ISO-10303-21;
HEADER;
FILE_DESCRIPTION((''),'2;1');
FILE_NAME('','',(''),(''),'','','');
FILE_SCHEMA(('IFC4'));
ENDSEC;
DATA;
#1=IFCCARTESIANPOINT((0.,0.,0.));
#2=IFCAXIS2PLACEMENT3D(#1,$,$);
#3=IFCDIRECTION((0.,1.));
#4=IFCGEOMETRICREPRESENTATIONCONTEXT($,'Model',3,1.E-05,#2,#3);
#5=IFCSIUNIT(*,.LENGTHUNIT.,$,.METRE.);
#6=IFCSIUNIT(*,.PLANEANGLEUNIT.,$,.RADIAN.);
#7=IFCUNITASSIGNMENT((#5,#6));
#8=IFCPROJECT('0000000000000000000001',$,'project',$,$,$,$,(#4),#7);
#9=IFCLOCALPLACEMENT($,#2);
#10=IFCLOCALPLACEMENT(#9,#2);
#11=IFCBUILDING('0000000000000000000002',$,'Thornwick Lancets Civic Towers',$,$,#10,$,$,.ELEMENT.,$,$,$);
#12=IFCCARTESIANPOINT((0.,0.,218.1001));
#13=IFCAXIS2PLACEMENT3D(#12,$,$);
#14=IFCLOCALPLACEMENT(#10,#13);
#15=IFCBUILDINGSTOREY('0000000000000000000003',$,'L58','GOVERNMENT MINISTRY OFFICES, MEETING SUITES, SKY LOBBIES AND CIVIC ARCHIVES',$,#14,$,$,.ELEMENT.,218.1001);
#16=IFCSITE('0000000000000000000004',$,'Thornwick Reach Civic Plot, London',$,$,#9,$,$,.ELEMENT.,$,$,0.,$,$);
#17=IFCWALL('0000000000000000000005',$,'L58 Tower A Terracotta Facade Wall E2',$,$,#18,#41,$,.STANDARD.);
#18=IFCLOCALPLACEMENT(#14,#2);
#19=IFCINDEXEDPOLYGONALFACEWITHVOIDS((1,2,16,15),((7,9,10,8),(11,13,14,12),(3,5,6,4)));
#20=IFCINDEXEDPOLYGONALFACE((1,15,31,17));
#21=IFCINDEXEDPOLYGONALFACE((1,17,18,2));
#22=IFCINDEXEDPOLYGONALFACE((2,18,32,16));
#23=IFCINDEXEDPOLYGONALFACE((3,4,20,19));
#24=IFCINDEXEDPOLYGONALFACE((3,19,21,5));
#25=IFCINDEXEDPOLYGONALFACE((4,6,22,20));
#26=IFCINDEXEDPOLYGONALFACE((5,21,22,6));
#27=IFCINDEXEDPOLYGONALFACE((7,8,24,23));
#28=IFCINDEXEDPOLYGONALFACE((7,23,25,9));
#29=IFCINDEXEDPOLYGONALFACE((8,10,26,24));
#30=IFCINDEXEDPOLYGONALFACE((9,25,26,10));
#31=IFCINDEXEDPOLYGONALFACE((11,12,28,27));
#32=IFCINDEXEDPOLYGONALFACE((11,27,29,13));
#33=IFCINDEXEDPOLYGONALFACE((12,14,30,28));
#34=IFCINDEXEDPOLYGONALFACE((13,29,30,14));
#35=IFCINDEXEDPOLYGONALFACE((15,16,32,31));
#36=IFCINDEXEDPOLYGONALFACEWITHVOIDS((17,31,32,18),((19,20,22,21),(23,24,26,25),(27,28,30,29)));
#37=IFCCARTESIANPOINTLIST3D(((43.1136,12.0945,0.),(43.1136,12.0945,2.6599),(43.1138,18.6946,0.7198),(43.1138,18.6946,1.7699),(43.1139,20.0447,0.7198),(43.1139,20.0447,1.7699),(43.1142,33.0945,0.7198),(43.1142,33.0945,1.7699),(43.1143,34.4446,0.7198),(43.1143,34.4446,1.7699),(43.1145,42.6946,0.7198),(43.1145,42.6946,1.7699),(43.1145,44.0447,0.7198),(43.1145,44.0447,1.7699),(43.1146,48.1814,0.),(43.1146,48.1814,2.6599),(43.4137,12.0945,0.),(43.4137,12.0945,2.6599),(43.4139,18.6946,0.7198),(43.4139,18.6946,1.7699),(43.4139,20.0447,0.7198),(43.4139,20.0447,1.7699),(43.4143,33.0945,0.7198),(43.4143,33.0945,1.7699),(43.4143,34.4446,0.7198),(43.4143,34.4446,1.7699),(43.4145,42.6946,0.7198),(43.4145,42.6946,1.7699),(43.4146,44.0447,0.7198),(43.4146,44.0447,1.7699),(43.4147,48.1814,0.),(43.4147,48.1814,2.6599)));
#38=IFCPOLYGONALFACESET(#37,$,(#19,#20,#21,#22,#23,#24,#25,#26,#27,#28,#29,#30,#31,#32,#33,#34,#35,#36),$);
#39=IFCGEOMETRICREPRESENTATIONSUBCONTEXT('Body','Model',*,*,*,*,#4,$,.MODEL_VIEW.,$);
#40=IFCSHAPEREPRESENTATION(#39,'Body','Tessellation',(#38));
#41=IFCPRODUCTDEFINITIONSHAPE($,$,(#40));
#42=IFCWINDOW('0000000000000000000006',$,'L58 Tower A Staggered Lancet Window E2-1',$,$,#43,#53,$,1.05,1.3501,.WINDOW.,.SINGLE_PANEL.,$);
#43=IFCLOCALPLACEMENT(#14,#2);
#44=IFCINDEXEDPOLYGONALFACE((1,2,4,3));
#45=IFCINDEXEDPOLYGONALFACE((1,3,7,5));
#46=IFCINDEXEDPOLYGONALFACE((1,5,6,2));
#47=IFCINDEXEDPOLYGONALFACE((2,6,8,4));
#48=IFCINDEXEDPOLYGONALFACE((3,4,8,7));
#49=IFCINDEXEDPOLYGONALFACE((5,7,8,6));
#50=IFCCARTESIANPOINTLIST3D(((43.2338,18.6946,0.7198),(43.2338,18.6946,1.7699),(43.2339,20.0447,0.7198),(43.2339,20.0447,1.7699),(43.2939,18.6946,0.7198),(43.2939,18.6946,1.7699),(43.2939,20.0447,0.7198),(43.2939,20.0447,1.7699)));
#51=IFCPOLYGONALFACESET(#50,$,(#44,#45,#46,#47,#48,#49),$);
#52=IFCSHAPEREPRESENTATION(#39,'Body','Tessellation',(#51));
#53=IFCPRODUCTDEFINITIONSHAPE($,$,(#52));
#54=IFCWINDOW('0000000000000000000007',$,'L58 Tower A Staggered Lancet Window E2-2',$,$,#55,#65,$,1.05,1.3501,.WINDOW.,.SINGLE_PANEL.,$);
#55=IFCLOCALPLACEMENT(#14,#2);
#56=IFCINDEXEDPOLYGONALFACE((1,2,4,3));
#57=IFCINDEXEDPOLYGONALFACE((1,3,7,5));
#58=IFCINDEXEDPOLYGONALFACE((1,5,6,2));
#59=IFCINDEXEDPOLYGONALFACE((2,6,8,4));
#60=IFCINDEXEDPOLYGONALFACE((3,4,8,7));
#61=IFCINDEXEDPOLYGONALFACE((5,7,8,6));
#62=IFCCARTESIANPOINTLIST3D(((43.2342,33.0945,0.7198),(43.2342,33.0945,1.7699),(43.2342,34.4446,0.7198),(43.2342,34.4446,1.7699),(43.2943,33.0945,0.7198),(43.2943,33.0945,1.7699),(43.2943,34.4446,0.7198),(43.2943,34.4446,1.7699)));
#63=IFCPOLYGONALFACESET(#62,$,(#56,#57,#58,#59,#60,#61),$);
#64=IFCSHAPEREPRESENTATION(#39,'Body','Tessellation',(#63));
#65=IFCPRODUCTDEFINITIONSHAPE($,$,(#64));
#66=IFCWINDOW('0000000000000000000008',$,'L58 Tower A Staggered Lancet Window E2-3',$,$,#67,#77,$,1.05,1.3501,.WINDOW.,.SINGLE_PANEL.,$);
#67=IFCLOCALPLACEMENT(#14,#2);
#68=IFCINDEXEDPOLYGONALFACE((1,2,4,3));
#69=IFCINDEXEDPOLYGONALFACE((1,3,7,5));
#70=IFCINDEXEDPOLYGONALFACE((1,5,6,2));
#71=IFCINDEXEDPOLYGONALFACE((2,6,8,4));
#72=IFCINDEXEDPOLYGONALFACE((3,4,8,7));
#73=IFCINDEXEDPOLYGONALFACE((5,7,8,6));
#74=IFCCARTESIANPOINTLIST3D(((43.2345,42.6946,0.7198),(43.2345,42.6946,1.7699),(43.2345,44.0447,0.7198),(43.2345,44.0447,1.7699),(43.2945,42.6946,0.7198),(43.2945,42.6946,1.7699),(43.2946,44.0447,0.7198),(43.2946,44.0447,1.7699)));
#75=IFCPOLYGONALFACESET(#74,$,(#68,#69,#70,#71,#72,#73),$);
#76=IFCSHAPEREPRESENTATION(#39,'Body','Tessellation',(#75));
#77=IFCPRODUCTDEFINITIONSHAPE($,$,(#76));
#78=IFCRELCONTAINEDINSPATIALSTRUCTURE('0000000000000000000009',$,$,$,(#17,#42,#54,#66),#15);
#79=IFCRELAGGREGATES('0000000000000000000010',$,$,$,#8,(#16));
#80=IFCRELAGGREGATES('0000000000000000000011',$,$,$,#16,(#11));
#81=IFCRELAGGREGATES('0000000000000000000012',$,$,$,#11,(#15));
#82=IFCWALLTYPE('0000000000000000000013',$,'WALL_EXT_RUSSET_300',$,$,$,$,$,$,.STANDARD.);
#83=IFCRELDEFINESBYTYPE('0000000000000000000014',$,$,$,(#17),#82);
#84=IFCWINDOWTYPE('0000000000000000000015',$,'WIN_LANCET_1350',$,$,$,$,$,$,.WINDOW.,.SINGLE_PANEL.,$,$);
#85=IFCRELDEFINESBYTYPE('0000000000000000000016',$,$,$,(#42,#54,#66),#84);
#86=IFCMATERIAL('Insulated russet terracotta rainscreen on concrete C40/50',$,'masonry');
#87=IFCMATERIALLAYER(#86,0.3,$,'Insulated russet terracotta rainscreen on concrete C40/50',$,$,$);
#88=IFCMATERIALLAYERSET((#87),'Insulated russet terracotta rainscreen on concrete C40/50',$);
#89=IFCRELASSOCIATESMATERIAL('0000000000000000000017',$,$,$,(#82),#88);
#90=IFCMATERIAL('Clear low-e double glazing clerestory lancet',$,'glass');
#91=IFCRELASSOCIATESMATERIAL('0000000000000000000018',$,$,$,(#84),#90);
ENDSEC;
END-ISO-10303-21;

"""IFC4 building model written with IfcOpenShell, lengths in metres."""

from ifc_helpers import new_model, si_unit, direction, frame, frame_2d, origin, place, context, subcontext, project, spatial, rectangle, extrude, material, layer, layer_set, type_object, element, fill, save


model = new_model("IFC4")

# Units and contexts
model_context = context("Model", 3, precision=1e-05, world=origin(), true_north=direction((0.0, 1.0)))
body_context = subcontext(model_context, "Body", "Model", "MODEL_VIEW")
ifc_project = project(units=[si_unit("LENGTHUNIT", "METRE"), si_unit("PLANEANGLEUNIT", "RADIAN")], contexts=[model_context])

# Site, building, storey
site_placement = place(None, origin())
site = spatial("IfcSite", under=ifc_project, at=site_placement, Name="Thornwick Reach Civic Plot, London", CompositionType="ELEMENT", RefElevation=0.0)
building_placement = place(site_placement, origin())
building = spatial("IfcBuilding", under=site, at=building_placement, Name="Thornwick Lancets Civic Towers", CompositionType="ELEMENT")
storey_placement = place(building_placement, frame((0.0, 0.0, 218.1001)))
storey = spatial("IfcBuildingStorey", under=building, at=storey_placement, Name="L58", Description="GOVERNMENT MINISTRY OFFICES, MEETING SUITES, SKY LOBBIES AND CIVIC ARCHIVES", CompositionType="ELEMENT", Elevation=218.1001)

# Wall, openings, windows
ifc_material_1 = material(Name="Insulated russet terracotta rainscreen on concrete C40/50", Category="masonry")
ifc_layer_1 = layer(ifc_material_1, 0.3, Name="Insulated russet terracotta rainscreen on concrete C40/50")
ifc_layer_set_1 = layer_set([ifc_layer_1], Name="Insulated russet terracotta rainscreen on concrete C40/50")
wall_type_1 = type_object("IfcWallType", Name="WALL_EXT_RUSSET_300", PredefinedType="STANDARD", material=ifc_layer_set_1)
wall_1_placement = place(storey_placement, frame((43.2637, 12.0945, 0.0), z_axis=(0.0, 0.0, 1.0), x_axis=(0.000027, 1.0, 0.0)))
wall_1 = element("IfcWall", 1, at=wall_1_placement, inside=storey, type_object=wall_type_1, Name="L58 Tower A Terracotta Facade Wall E2", PredefinedType="STANDARD", context=body_context, shape_type="SweptSolid", body=[
    extrude(rectangle(XDim=36.0869, YDim=0.3, at=frame_2d((18.0435, 0.0))), origin(), (0.0, 0.0, 1.0), 2.6599),
])
opening_1_placement = place(wall_1_placement, frame((6.6001, 0.0, 0.72)))
opening_1 = element("IfcOpeningElement", 2, at=opening_1_placement, cuts=wall_1, PredefinedType="OPENING", context=body_context, shape_type="SweptSolid", body=[
    extrude(rectangle(XDim=1.3501, YDim=1.05, at=frame_2d((0.675, 0.5249))), frame((0.0, 0.1602, 0.0), z_axis=(0.0, -1.0, 0.0), x_axis=(1.0, 0.0, 0.0)), (0.0, 0.0, 1.0), 0.3201),
])
opening_2_placement = place(wall_1_placement, frame((21.0, 0.0, 0.72)))
opening_2 = element("IfcOpeningElement", 3, at=opening_2_placement, cuts=wall_1, PredefinedType="OPENING", context=body_context, shape_type="SweptSolid", body=[
    extrude(rectangle(XDim=1.3501, YDim=1.05, at=frame_2d((0.675, 0.5249))), frame((0.0, 0.1602, 0.0), z_axis=(0.0, -1.0, 0.0), x_axis=(1.0, 0.0, 0.0)), (0.0, 0.0, 1.0), 0.3201),
])
opening_3_placement = place(wall_1_placement, frame((30.6001, 0.0, 0.72)))
opening_3 = element("IfcOpeningElement", 4, at=opening_3_placement, cuts=wall_1, PredefinedType="OPENING", context=body_context, shape_type="SweptSolid", body=[
    extrude(rectangle(XDim=1.3501, YDim=1.05, at=frame_2d((0.675, 0.5249))), frame((0.0, 0.1602, 0.0), z_axis=(0.0, -1.0, 0.0), x_axis=(1.0, 0.0, 0.0)), (0.0, 0.0, 1.0), 0.3201),
])
ifc_material_2 = material(Name="Clear low-e double glazing clerestory lancet", Category="glass")
window_type = type_object("IfcWindowType", Name="WIN_LANCET_1350", PartitioningType="SINGLE_PANEL", PredefinedType="WINDOW", material=ifc_material_2)
window_1_placement = place(opening_1_placement, origin())
window_1 = element("IfcWindow", 5, at=window_1_placement, inside=storey, type_object=window_type, Name="L58 Tower A Staggered Lancet Window E2-1", OverallHeight=1.05, OverallWidth=1.3501, PartitioningType="SINGLE_PANEL", PredefinedType="WINDOW", context=body_context, shape_type="SweptSolid", body=[
    extrude(rectangle(XDim=1.3501, YDim=1.05, at=frame_2d((0.675, 0.5249))), frame((0.0, 0.03, 0.0), z_axis=(0.0, -1.0, 0.0), x_axis=(1.0, 0.0, 0.0)), (0.0, 0.0, 1.0), 0.0601),
])
fill(opening_1, window_1)
window_2_placement = place(opening_2_placement, origin())
window_2 = element("IfcWindow", 6, at=window_2_placement, inside=storey, type_object=window_type, Name="L58 Tower A Staggered Lancet Window E2-2", OverallHeight=1.05, OverallWidth=1.3501, PartitioningType="SINGLE_PANEL", PredefinedType="WINDOW", context=body_context, shape_type="SweptSolid", body=[
    extrude(rectangle(XDim=1.3501, YDim=1.05, at=frame_2d((0.675, 0.5249))), frame((0.0, 0.03, 0.0), z_axis=(0.0, -1.0, 0.0), x_axis=(1.0, 0.0, 0.0)), (0.0, 0.0, 1.0), 0.0601),
])
fill(opening_2, window_2)
window_3_placement = place(opening_3_placement, origin())
window_3 = element("IfcWindow", 7, at=window_3_placement, inside=storey, type_object=window_type, Name="L58 Tower A Staggered Lancet Window E2-3", OverallHeight=1.05, OverallWidth=1.3501, PartitioningType="SINGLE_PANEL", PredefinedType="WINDOW", context=body_context, shape_type="SweptSolid", body=[
    extrude(rectangle(XDim=1.3501, YDim=1.05, at=frame_2d((0.675, 0.5249))), frame((0.0, 0.03, 0.0), z_axis=(0.0, -1.0, 0.0), x_axis=(1.0, 0.0, 0.0)), (0.0, 0.0, 1.0), 0.0601),
])
fill(opening_3, window_3)

save(model, "model.ifc")
